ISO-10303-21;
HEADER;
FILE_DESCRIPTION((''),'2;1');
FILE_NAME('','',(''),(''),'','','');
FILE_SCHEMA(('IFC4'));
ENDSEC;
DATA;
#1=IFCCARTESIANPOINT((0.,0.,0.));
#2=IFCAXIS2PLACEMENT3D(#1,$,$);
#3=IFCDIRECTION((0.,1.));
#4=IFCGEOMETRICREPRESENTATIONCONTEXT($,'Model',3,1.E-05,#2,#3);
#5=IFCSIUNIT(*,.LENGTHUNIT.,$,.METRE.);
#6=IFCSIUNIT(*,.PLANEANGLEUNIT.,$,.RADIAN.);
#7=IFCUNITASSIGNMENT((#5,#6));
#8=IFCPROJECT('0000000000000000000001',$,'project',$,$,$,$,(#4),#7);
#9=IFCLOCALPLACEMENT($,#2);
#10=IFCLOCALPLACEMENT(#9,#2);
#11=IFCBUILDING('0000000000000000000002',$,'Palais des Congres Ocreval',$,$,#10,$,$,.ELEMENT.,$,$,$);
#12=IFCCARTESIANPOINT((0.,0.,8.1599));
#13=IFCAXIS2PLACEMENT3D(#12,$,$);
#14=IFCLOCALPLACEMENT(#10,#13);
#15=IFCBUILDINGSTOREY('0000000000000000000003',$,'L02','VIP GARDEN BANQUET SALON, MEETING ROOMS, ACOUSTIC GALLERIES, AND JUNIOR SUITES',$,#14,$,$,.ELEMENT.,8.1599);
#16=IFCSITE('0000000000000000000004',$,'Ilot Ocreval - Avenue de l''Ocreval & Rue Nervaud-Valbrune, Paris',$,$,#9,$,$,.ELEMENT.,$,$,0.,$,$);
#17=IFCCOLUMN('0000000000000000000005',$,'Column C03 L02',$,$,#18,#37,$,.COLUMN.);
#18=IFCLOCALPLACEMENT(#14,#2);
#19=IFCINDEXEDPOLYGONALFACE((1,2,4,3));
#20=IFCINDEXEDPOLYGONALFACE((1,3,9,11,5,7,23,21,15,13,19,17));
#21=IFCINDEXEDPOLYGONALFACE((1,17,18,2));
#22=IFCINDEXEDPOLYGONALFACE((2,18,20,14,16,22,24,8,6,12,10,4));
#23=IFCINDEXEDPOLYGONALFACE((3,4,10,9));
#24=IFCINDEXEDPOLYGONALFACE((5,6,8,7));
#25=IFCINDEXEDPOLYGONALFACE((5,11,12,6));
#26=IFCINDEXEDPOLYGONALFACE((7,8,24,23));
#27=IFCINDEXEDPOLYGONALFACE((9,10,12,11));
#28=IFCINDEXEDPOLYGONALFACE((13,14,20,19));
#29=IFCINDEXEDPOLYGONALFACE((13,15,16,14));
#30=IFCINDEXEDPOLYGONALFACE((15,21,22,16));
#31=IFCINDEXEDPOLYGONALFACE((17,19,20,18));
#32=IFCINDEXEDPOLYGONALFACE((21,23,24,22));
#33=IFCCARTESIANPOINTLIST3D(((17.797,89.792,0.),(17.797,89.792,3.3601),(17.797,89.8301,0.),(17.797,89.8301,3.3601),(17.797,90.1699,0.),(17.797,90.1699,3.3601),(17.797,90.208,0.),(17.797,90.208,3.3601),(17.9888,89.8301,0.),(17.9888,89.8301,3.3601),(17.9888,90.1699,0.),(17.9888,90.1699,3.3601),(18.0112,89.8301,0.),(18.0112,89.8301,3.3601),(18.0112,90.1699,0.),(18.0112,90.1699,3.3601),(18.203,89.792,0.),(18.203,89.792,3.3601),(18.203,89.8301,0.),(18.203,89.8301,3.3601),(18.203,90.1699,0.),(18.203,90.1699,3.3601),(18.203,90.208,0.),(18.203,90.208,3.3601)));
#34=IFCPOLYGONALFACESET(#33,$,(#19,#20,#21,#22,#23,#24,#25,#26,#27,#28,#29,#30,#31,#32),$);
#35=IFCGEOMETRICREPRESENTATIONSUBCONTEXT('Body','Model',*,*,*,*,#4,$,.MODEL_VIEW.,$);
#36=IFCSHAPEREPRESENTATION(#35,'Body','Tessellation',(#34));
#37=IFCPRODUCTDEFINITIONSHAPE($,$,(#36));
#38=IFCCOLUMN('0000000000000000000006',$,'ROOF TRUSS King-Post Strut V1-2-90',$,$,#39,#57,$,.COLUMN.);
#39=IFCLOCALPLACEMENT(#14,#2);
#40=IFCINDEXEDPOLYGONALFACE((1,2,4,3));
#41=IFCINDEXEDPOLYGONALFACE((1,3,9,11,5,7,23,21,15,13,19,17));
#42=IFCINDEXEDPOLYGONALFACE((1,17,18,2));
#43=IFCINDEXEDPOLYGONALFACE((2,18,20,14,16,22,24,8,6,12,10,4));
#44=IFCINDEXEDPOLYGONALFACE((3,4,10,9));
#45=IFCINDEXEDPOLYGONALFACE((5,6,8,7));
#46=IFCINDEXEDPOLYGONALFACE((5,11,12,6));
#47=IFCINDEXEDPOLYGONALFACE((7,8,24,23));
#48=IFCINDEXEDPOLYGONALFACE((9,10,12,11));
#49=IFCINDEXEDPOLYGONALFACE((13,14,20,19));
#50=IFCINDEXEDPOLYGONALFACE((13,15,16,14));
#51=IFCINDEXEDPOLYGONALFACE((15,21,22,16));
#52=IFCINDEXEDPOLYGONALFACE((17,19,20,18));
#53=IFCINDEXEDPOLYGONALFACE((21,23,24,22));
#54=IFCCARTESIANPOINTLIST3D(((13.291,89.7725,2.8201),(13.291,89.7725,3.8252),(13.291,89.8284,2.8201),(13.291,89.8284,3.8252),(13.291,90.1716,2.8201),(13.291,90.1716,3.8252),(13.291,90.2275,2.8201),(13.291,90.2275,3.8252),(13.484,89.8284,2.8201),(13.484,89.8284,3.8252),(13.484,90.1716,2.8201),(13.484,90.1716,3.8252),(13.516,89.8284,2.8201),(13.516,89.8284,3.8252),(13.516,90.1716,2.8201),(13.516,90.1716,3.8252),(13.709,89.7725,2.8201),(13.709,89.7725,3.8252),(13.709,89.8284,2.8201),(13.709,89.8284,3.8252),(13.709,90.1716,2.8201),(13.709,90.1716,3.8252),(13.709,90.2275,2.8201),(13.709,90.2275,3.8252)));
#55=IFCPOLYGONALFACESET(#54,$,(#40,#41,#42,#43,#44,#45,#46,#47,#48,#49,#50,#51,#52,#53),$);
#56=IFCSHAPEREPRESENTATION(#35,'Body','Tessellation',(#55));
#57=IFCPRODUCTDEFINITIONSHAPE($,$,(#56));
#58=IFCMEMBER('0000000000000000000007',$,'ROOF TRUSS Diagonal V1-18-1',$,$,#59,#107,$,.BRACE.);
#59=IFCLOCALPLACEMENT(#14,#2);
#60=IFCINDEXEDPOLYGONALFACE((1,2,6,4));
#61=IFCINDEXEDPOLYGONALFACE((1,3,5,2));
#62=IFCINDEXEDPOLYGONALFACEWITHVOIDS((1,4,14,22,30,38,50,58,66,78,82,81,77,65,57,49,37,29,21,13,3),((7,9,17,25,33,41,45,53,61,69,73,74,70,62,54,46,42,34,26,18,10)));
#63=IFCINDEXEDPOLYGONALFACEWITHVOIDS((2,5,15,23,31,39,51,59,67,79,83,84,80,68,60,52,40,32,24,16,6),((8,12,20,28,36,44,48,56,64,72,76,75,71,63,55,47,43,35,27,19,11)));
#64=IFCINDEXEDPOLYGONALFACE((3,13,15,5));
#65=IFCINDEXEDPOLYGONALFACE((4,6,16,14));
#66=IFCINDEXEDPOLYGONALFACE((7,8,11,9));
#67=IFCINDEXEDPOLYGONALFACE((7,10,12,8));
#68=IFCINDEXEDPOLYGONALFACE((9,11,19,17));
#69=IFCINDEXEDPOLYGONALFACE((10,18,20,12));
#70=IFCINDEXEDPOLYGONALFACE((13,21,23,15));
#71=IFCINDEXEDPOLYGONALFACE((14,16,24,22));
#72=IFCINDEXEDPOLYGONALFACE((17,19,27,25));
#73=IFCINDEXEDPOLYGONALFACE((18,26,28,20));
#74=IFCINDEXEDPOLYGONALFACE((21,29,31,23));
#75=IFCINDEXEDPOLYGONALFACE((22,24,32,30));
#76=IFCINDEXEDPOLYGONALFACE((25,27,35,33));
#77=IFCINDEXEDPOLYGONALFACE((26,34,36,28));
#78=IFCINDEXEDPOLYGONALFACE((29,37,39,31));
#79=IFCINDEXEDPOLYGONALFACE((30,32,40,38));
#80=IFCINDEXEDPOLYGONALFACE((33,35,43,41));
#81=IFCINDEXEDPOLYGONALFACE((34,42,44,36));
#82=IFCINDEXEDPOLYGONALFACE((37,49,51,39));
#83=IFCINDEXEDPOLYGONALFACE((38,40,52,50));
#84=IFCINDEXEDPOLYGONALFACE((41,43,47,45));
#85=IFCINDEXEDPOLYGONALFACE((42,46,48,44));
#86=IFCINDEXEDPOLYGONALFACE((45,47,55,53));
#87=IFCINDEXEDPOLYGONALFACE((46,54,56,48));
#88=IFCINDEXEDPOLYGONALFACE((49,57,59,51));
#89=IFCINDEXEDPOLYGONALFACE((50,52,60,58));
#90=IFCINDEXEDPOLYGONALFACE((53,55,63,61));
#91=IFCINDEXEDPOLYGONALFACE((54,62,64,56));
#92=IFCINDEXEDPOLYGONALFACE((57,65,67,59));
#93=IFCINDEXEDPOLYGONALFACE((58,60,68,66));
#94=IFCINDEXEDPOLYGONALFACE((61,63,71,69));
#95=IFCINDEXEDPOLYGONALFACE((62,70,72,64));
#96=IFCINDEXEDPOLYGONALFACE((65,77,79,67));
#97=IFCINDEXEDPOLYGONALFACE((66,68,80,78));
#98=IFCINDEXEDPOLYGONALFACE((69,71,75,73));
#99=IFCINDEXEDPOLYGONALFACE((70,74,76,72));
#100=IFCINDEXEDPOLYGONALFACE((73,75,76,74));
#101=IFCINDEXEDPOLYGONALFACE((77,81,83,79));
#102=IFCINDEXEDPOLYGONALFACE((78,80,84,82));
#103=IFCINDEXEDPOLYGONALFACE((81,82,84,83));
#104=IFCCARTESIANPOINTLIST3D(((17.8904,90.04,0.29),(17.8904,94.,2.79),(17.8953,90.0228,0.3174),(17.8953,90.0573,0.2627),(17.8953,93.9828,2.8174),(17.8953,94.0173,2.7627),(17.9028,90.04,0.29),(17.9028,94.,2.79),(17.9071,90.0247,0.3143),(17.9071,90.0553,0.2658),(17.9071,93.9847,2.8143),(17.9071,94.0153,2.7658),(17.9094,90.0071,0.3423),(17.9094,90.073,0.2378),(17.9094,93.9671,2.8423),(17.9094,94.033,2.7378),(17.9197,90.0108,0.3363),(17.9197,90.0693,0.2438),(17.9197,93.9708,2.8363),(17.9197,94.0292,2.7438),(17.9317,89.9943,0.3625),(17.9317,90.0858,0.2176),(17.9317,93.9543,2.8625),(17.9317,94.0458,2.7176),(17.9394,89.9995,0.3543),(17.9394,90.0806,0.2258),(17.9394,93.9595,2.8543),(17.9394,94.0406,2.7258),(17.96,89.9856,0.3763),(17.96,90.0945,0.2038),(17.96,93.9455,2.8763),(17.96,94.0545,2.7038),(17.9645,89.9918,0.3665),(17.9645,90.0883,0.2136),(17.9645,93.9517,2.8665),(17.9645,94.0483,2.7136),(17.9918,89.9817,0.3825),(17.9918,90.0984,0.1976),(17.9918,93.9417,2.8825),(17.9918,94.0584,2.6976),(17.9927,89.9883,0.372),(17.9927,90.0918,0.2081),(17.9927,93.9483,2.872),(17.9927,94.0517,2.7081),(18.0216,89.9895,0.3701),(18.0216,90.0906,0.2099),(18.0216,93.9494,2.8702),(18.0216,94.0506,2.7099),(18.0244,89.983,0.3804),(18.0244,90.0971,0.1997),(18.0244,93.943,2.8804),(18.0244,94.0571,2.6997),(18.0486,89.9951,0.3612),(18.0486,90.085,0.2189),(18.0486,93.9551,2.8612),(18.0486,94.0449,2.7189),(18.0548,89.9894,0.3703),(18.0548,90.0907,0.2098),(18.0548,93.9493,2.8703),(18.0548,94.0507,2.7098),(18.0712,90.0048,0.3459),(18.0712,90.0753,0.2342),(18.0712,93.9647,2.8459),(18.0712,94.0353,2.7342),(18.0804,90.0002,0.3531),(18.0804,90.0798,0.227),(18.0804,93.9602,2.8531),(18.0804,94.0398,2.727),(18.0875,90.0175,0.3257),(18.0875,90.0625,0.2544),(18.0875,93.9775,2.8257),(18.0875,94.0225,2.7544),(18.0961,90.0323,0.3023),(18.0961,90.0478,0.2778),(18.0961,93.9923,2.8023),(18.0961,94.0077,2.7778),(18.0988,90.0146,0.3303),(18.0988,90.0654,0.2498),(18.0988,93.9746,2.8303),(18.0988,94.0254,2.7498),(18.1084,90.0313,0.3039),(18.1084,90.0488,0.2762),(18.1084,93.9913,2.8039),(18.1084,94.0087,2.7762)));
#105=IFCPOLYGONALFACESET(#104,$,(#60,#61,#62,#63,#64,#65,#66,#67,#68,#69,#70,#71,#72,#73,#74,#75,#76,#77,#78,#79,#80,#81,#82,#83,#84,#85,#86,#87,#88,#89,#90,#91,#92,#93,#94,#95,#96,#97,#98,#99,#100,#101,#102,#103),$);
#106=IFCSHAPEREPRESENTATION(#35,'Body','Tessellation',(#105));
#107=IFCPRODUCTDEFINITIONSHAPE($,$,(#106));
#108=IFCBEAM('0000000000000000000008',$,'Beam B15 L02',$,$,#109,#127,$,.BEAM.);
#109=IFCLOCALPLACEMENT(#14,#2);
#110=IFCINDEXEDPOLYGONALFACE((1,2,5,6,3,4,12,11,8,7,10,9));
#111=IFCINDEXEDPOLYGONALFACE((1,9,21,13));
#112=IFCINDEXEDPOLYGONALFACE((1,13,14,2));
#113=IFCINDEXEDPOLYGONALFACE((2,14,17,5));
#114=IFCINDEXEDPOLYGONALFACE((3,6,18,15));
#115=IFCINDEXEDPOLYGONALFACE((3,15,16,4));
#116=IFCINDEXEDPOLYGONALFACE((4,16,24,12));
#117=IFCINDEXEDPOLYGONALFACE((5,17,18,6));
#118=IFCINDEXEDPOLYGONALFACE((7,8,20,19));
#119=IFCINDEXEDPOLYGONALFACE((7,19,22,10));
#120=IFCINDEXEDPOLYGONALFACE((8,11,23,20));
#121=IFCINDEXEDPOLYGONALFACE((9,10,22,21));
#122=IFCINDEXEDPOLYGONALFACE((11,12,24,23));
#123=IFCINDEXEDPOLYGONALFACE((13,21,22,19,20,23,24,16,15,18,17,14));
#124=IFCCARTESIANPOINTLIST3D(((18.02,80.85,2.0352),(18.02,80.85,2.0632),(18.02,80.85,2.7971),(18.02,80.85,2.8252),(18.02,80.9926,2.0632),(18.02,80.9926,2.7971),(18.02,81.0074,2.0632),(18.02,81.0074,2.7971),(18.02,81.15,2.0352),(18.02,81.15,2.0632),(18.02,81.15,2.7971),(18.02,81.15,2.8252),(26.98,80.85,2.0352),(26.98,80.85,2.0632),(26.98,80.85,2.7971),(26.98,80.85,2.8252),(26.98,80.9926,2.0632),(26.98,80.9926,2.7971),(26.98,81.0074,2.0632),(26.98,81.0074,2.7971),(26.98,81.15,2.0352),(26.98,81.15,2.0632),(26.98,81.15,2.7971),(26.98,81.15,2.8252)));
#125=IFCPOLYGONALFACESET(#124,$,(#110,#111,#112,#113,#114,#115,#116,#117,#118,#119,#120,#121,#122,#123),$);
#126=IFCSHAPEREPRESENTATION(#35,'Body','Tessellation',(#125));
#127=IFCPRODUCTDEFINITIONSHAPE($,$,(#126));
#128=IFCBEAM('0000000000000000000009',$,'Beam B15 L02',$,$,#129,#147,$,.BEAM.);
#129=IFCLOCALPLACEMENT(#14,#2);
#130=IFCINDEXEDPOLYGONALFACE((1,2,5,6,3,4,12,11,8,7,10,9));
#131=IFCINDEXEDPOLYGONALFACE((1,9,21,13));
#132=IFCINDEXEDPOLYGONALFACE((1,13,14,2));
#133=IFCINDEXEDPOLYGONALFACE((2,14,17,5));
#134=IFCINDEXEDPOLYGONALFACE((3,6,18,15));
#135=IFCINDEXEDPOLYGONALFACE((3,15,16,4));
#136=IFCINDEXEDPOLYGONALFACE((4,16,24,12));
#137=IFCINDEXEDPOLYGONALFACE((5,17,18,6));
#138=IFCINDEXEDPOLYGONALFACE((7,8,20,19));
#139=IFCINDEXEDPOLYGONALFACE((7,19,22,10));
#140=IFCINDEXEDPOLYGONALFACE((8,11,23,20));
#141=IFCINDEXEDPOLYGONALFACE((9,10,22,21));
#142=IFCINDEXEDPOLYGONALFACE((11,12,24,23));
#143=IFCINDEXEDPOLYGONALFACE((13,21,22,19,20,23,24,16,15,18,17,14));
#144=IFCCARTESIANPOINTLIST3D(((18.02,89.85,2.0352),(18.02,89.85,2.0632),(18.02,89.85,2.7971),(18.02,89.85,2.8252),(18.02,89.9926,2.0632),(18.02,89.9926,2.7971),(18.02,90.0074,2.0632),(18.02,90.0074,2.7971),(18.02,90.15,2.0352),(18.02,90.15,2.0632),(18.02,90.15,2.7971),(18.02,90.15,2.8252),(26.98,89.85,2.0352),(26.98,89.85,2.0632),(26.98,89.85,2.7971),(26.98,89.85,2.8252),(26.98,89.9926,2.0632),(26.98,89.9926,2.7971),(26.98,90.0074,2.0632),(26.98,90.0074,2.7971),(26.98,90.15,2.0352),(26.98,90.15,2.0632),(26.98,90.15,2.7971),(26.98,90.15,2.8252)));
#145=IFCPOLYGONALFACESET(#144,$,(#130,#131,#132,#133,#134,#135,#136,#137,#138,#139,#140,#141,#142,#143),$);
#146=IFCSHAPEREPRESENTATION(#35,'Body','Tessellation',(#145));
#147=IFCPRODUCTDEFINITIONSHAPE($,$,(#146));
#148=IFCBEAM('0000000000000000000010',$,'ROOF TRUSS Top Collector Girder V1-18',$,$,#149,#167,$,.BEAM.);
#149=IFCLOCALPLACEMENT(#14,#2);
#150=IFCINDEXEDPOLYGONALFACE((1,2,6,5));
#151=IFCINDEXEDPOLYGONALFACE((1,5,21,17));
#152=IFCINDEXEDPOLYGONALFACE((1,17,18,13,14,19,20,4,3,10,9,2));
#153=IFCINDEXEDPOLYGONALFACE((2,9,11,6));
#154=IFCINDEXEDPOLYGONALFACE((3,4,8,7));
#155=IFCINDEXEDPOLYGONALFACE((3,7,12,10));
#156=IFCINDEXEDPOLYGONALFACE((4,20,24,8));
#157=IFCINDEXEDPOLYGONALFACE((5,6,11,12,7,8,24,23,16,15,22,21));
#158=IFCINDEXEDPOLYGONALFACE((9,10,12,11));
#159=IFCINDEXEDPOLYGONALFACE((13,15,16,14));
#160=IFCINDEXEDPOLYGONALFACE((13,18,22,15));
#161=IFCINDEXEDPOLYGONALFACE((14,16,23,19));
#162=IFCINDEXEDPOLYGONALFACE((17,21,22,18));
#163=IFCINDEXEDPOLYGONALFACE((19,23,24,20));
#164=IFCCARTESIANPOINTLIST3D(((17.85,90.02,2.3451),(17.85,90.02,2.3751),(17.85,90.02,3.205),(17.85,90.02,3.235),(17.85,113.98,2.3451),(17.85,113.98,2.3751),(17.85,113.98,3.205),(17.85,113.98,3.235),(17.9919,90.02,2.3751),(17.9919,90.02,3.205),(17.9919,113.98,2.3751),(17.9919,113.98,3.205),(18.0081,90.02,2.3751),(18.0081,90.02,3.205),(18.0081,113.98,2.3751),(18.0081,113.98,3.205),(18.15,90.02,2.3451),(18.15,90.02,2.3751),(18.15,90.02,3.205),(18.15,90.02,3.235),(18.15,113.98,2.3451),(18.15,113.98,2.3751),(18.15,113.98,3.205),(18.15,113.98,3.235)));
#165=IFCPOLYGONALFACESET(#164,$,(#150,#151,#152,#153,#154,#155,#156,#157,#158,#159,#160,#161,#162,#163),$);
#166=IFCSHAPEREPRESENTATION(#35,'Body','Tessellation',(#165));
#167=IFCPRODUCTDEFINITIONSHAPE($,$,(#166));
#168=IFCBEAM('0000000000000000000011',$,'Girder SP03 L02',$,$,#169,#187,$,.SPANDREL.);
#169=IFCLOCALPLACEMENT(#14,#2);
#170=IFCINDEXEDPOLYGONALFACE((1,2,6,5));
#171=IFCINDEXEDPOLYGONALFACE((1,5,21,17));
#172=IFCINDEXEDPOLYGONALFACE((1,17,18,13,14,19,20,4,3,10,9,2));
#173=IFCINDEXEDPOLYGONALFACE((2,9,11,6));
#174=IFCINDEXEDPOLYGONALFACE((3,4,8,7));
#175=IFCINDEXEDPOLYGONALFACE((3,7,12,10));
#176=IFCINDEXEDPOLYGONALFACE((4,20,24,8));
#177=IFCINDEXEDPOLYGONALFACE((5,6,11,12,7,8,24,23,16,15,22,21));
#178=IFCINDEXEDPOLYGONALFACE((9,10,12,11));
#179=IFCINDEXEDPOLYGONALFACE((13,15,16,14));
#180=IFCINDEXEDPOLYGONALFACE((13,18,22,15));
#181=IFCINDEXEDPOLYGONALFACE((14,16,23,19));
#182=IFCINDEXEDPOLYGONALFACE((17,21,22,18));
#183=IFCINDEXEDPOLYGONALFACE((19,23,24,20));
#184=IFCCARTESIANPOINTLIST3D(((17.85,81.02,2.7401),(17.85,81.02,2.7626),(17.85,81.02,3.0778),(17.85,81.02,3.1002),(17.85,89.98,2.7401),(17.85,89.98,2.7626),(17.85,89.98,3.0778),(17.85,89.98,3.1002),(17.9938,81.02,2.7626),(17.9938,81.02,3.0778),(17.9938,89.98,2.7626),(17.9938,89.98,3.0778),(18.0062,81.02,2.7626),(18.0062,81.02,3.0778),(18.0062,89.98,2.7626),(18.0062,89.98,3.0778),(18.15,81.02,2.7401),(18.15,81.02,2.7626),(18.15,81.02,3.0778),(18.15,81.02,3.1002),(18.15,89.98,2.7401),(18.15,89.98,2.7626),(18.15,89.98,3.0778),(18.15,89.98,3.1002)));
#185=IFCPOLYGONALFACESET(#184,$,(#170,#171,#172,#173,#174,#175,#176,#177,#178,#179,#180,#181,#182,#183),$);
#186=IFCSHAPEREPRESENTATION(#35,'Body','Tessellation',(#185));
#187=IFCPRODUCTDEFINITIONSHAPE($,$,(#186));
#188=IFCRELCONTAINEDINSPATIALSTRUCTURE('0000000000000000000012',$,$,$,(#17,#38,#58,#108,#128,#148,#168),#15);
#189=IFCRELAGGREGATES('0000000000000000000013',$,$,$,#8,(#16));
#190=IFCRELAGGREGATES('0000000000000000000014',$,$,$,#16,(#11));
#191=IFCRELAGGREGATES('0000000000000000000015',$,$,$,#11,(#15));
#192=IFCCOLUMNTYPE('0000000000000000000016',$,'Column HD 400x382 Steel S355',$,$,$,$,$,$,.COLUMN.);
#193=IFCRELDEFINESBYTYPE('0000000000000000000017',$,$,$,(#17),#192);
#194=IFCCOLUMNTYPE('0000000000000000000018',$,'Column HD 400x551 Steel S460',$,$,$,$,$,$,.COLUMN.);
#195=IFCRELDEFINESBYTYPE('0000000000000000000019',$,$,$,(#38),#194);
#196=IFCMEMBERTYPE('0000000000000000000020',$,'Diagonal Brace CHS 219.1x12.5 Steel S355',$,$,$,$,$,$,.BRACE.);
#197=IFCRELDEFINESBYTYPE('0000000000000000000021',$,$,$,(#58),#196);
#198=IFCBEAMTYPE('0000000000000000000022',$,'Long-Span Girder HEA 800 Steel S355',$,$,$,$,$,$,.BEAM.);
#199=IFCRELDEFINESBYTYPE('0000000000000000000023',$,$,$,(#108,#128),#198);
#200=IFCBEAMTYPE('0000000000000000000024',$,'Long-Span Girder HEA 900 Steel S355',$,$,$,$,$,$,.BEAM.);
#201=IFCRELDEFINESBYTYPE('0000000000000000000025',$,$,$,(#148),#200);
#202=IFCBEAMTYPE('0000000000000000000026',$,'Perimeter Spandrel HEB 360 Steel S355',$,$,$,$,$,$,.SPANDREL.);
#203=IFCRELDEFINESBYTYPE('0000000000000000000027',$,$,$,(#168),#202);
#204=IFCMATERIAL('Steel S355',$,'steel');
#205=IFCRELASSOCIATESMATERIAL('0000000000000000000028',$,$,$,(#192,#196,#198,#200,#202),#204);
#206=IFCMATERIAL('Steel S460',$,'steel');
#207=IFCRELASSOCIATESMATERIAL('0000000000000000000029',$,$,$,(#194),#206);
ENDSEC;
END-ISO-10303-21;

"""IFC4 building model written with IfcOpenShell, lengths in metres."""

from ifc_helpers import new_model, si_unit, direction, frame, origin, origin_2d, place, context, subcontext, project, spatial, hollow_circle, i_section, extrude, material, material_profile, profile_set, type_object, element, save


model = new_model("IFC4")

# Units and contexts
model_context = context("Model", 3, precision=1e-05, world=origin(), true_north=direction((0.0, 1.0)))
body_context = subcontext(model_context, "Body", "Model", "MODEL_VIEW")
ifc_project = project(units=[si_unit("LENGTHUNIT", "METRE"), si_unit("PLANEANGLEUNIT", "RADIAN")], contexts=[model_context])

# Site, building, storey
site_placement = place(None, origin())
site = spatial("IfcSite", under=ifc_project, at=site_placement, Name="Ilot Ocreval - Avenue de l'Ocreval & Rue Nervaud-Valbrune, Paris", CompositionType="ELEMENT", RefElevation=0.0)
building_placement = place(site_placement, origin())
building = spatial("IfcBuilding", under=site, at=building_placement, Name="Palais des Congres Ocreval", CompositionType="ELEMENT")
storey_placement = place(building_placement, frame((0.0, 0.0, 8.1599)))
storey = spatial("IfcBuildingStorey", under=building, at=storey_placement, Name="L02", Description="VIP GARDEN BANQUET SALON, MEETING ROOMS, ACOUSTIC GALLERIES, AND JUNIOR SUITES", CompositionType="ELEMENT", Elevation=8.1599)

# Columns
ifc_material_1 = material(Name="Steel S355", Category="steel")
ifc_material_profile_1 = material_profile(ifc_material_1, i_section(OverallWidth=0.406, OverallDepth=0.416, WebThickness=0.0225, FlangeThickness=0.0381, at=origin_2d()), Name="HD 400x382")
ifc_profile_set_1 = profile_set([ifc_material_profile_1], Name="Steel S355")
column_type_1 = type_object("IfcColumnType", Name="Column HD 400x382 Steel S355", PredefinedType="COLUMN", material=ifc_profile_set_1)
column_1_placement = place(storey_placement, frame((18.0, 90.0, 0.0), z_axis=(0.0, 0.0, 1.0), x_axis=(1.0, 0.0, 0.0)))
element("IfcColumn", 1, at=column_1_placement, inside=storey, type_object=column_type_1, Name="Column C03 L02", PredefinedType="COLUMN", context=body_context, shape_type="SweptSolid", body=[
    extrude(i_section(OverallWidth=0.406, OverallDepth=0.416, WebThickness=0.0225, FlangeThickness=0.0381, at=origin_2d()), origin(), (0.0, 0.0, 1.0), 3.3601),
])
ifc_material_2 = material(Name="Steel S460", Category="steel")
ifc_material_profile_2 = material_profile(ifc_material_2, i_section(OverallWidth=0.418, OverallDepth=0.4551, WebThickness=0.032, FlangeThickness=0.0559, at=origin_2d()), Name="HD 400x551")
ifc_profile_set_2 = profile_set([ifc_material_profile_2], Name="Steel S460")
column_type_2 = type_object("IfcColumnType", Name="Column HD 400x551 Steel S460", PredefinedType="COLUMN", material=ifc_profile_set_2)
column_2_placement = place(storey_placement, frame((13.5, 90.0, 2.8201), z_axis=(0.0, 0.0, 1.0), x_axis=(1.0, 0.0, 0.0)))
element("IfcColumn", 2, at=column_2_placement, inside=storey, type_object=column_type_2, Name="ROOF TRUSS King-Post Strut V1-2-90", PredefinedType="COLUMN", context=body_context, shape_type="SweptSolid", body=[
    extrude(i_section(OverallWidth=0.418, OverallDepth=0.4551, WebThickness=0.032, FlangeThickness=0.0559, at=origin_2d()), origin(), (0.0, 0.0, 1.0), 1.0051),
])

# Member
ifc_material_profile_3 = material_profile(ifc_material_1, hollow_circle(Radius=0.1096, WallThickness=0.0125, at=origin_2d()), Name="CHS 219.1x12.5")
ifc_profile_set_3 = profile_set([ifc_material_profile_3], Name="Steel S355")
member_type_1 = type_object("IfcMemberType", Name="Diagonal Brace CHS 219.1x12.5 Steel S355", PredefinedType="BRACE", material=ifc_profile_set_3)
member_1_placement = place(storey_placement, frame((18.0, 90.04, 0.29), z_axis=(0.0, 0.845588, 0.533836), x_axis=(-1.0, 0.0, 0.0)))
element("IfcMember", 3, at=member_1_placement, inside=storey, type_object=member_type_1, Name="ROOF TRUSS Diagonal V1-18-1", PredefinedType="BRACE", context=body_context, shape_type="SweptSolid", body=[
    extrude(hollow_circle(Radius=0.1096, WallThickness=0.0125, at=origin_2d()), origin(), (0.0, 0.0, 1.0), 4.6831),
])

# Beams
ifc_material_profile_4 = material_profile(ifc_material_1, i_section(OverallWidth=0.3, OverallDepth=0.79, WebThickness=0.0149, FlangeThickness=0.0281, at=origin_2d()), Name="HEA 800")
ifc_profile_set_4 = profile_set([ifc_material_profile_4], Name="Steel S355")
beam_type_1 = type_object("IfcBeamType", Name="Long-Span Girder HEA 800 Steel S355", PredefinedType="BEAM", material=ifc_profile_set_4)
for number, where, z_axis, x_axis, name in (
    (4, (18.02, 81.0, 2.4302), (1.0, 0.0, 0.0), (0.0, 1.0, 0.0), "Beam B15 L02"),
    (5, (18.02, 90.0, 2.4302), (1.0, 0.0, 0.0), (0.0, 1.0, 0.0), "Beam B15 L02"),
):
    element("IfcBeam", number, at=place(storey_placement, frame(where, z_axis=z_axis, x_axis=x_axis)), inside=storey, type_object=beam_type_1, Name=name, PredefinedType="BEAM", context=body_context, shape_type="SweptSolid", body=[
        extrude(i_section(OverallWidth=0.3, OverallDepth=0.79, WebThickness=0.0149, FlangeThickness=0.0281, at=origin_2d()), origin(), (0.0, 0.0, 1.0), 8.96),
    ])
ifc_material_profile_5 = material_profile(ifc_material_1, i_section(OverallWidth=0.3, OverallDepth=0.8899, WebThickness=0.0161, FlangeThickness=0.03, at=origin_2d()), Name="HEA 900")
ifc_profile_set_5 = profile_set([ifc_material_profile_5], Name="Steel S355")
beam_type_2 = type_object("IfcBeamType", Name="Long-Span Girder HEA 900 Steel S355", PredefinedType="BEAM", material=ifc_profile_set_5)
beam_1_placement = place(storey_placement, frame((18.0, 90.02, 2.79), z_axis=(0.0, 1.0, 0.0), x_axis=(-1.0, 0.0, 0.0)))
element("IfcBeam", 6, at=beam_1_placement, inside=storey, type_object=beam_type_2, Name="ROOF TRUSS Top Collector Girder V1-18", PredefinedType="BEAM", context=body_context, shape_type="SweptSolid", body=[
    extrude(i_section(OverallWidth=0.3, OverallDepth=0.8899, WebThickness=0.0161, FlangeThickness=0.03, at=origin_2d()), origin(), (0.0, 0.0, 1.0), 23.96),
])
ifc_material_profile_6 = material_profile(ifc_material_1, i_section(OverallWidth=0.3, OverallDepth=0.3601, WebThickness=0.0125, FlangeThickness=0.0225, at=origin_2d()), Name="HEB 360")
ifc_profile_set_6 = profile_set([ifc_material_profile_6], Name="Steel S355")
beam_type_3 = type_object("IfcBeamType", Name="Perimeter Spandrel HEB 360 Steel S355", PredefinedType="SPANDREL", material=ifc_profile_set_6)
beam_2_placement = place(storey_placement, frame((18.0, 81.02, 2.9202), z_axis=(0.0, 1.0, 0.0), x_axis=(-1.0, 0.0, 0.0)))
element("IfcBeam", 7, at=beam_2_placement, inside=storey, type_object=beam_type_3, Name="Girder SP03 L02", PredefinedType="SPANDREL", context=body_context, shape_type="SweptSolid", body=[
    extrude(i_section(OverallWidth=0.3, OverallDepth=0.3601, WebThickness=0.0125, FlangeThickness=0.0225, at=origin_2d()), origin(), (0.0, 0.0, 1.0), 8.96),
])

save(model, "model.ifc")
